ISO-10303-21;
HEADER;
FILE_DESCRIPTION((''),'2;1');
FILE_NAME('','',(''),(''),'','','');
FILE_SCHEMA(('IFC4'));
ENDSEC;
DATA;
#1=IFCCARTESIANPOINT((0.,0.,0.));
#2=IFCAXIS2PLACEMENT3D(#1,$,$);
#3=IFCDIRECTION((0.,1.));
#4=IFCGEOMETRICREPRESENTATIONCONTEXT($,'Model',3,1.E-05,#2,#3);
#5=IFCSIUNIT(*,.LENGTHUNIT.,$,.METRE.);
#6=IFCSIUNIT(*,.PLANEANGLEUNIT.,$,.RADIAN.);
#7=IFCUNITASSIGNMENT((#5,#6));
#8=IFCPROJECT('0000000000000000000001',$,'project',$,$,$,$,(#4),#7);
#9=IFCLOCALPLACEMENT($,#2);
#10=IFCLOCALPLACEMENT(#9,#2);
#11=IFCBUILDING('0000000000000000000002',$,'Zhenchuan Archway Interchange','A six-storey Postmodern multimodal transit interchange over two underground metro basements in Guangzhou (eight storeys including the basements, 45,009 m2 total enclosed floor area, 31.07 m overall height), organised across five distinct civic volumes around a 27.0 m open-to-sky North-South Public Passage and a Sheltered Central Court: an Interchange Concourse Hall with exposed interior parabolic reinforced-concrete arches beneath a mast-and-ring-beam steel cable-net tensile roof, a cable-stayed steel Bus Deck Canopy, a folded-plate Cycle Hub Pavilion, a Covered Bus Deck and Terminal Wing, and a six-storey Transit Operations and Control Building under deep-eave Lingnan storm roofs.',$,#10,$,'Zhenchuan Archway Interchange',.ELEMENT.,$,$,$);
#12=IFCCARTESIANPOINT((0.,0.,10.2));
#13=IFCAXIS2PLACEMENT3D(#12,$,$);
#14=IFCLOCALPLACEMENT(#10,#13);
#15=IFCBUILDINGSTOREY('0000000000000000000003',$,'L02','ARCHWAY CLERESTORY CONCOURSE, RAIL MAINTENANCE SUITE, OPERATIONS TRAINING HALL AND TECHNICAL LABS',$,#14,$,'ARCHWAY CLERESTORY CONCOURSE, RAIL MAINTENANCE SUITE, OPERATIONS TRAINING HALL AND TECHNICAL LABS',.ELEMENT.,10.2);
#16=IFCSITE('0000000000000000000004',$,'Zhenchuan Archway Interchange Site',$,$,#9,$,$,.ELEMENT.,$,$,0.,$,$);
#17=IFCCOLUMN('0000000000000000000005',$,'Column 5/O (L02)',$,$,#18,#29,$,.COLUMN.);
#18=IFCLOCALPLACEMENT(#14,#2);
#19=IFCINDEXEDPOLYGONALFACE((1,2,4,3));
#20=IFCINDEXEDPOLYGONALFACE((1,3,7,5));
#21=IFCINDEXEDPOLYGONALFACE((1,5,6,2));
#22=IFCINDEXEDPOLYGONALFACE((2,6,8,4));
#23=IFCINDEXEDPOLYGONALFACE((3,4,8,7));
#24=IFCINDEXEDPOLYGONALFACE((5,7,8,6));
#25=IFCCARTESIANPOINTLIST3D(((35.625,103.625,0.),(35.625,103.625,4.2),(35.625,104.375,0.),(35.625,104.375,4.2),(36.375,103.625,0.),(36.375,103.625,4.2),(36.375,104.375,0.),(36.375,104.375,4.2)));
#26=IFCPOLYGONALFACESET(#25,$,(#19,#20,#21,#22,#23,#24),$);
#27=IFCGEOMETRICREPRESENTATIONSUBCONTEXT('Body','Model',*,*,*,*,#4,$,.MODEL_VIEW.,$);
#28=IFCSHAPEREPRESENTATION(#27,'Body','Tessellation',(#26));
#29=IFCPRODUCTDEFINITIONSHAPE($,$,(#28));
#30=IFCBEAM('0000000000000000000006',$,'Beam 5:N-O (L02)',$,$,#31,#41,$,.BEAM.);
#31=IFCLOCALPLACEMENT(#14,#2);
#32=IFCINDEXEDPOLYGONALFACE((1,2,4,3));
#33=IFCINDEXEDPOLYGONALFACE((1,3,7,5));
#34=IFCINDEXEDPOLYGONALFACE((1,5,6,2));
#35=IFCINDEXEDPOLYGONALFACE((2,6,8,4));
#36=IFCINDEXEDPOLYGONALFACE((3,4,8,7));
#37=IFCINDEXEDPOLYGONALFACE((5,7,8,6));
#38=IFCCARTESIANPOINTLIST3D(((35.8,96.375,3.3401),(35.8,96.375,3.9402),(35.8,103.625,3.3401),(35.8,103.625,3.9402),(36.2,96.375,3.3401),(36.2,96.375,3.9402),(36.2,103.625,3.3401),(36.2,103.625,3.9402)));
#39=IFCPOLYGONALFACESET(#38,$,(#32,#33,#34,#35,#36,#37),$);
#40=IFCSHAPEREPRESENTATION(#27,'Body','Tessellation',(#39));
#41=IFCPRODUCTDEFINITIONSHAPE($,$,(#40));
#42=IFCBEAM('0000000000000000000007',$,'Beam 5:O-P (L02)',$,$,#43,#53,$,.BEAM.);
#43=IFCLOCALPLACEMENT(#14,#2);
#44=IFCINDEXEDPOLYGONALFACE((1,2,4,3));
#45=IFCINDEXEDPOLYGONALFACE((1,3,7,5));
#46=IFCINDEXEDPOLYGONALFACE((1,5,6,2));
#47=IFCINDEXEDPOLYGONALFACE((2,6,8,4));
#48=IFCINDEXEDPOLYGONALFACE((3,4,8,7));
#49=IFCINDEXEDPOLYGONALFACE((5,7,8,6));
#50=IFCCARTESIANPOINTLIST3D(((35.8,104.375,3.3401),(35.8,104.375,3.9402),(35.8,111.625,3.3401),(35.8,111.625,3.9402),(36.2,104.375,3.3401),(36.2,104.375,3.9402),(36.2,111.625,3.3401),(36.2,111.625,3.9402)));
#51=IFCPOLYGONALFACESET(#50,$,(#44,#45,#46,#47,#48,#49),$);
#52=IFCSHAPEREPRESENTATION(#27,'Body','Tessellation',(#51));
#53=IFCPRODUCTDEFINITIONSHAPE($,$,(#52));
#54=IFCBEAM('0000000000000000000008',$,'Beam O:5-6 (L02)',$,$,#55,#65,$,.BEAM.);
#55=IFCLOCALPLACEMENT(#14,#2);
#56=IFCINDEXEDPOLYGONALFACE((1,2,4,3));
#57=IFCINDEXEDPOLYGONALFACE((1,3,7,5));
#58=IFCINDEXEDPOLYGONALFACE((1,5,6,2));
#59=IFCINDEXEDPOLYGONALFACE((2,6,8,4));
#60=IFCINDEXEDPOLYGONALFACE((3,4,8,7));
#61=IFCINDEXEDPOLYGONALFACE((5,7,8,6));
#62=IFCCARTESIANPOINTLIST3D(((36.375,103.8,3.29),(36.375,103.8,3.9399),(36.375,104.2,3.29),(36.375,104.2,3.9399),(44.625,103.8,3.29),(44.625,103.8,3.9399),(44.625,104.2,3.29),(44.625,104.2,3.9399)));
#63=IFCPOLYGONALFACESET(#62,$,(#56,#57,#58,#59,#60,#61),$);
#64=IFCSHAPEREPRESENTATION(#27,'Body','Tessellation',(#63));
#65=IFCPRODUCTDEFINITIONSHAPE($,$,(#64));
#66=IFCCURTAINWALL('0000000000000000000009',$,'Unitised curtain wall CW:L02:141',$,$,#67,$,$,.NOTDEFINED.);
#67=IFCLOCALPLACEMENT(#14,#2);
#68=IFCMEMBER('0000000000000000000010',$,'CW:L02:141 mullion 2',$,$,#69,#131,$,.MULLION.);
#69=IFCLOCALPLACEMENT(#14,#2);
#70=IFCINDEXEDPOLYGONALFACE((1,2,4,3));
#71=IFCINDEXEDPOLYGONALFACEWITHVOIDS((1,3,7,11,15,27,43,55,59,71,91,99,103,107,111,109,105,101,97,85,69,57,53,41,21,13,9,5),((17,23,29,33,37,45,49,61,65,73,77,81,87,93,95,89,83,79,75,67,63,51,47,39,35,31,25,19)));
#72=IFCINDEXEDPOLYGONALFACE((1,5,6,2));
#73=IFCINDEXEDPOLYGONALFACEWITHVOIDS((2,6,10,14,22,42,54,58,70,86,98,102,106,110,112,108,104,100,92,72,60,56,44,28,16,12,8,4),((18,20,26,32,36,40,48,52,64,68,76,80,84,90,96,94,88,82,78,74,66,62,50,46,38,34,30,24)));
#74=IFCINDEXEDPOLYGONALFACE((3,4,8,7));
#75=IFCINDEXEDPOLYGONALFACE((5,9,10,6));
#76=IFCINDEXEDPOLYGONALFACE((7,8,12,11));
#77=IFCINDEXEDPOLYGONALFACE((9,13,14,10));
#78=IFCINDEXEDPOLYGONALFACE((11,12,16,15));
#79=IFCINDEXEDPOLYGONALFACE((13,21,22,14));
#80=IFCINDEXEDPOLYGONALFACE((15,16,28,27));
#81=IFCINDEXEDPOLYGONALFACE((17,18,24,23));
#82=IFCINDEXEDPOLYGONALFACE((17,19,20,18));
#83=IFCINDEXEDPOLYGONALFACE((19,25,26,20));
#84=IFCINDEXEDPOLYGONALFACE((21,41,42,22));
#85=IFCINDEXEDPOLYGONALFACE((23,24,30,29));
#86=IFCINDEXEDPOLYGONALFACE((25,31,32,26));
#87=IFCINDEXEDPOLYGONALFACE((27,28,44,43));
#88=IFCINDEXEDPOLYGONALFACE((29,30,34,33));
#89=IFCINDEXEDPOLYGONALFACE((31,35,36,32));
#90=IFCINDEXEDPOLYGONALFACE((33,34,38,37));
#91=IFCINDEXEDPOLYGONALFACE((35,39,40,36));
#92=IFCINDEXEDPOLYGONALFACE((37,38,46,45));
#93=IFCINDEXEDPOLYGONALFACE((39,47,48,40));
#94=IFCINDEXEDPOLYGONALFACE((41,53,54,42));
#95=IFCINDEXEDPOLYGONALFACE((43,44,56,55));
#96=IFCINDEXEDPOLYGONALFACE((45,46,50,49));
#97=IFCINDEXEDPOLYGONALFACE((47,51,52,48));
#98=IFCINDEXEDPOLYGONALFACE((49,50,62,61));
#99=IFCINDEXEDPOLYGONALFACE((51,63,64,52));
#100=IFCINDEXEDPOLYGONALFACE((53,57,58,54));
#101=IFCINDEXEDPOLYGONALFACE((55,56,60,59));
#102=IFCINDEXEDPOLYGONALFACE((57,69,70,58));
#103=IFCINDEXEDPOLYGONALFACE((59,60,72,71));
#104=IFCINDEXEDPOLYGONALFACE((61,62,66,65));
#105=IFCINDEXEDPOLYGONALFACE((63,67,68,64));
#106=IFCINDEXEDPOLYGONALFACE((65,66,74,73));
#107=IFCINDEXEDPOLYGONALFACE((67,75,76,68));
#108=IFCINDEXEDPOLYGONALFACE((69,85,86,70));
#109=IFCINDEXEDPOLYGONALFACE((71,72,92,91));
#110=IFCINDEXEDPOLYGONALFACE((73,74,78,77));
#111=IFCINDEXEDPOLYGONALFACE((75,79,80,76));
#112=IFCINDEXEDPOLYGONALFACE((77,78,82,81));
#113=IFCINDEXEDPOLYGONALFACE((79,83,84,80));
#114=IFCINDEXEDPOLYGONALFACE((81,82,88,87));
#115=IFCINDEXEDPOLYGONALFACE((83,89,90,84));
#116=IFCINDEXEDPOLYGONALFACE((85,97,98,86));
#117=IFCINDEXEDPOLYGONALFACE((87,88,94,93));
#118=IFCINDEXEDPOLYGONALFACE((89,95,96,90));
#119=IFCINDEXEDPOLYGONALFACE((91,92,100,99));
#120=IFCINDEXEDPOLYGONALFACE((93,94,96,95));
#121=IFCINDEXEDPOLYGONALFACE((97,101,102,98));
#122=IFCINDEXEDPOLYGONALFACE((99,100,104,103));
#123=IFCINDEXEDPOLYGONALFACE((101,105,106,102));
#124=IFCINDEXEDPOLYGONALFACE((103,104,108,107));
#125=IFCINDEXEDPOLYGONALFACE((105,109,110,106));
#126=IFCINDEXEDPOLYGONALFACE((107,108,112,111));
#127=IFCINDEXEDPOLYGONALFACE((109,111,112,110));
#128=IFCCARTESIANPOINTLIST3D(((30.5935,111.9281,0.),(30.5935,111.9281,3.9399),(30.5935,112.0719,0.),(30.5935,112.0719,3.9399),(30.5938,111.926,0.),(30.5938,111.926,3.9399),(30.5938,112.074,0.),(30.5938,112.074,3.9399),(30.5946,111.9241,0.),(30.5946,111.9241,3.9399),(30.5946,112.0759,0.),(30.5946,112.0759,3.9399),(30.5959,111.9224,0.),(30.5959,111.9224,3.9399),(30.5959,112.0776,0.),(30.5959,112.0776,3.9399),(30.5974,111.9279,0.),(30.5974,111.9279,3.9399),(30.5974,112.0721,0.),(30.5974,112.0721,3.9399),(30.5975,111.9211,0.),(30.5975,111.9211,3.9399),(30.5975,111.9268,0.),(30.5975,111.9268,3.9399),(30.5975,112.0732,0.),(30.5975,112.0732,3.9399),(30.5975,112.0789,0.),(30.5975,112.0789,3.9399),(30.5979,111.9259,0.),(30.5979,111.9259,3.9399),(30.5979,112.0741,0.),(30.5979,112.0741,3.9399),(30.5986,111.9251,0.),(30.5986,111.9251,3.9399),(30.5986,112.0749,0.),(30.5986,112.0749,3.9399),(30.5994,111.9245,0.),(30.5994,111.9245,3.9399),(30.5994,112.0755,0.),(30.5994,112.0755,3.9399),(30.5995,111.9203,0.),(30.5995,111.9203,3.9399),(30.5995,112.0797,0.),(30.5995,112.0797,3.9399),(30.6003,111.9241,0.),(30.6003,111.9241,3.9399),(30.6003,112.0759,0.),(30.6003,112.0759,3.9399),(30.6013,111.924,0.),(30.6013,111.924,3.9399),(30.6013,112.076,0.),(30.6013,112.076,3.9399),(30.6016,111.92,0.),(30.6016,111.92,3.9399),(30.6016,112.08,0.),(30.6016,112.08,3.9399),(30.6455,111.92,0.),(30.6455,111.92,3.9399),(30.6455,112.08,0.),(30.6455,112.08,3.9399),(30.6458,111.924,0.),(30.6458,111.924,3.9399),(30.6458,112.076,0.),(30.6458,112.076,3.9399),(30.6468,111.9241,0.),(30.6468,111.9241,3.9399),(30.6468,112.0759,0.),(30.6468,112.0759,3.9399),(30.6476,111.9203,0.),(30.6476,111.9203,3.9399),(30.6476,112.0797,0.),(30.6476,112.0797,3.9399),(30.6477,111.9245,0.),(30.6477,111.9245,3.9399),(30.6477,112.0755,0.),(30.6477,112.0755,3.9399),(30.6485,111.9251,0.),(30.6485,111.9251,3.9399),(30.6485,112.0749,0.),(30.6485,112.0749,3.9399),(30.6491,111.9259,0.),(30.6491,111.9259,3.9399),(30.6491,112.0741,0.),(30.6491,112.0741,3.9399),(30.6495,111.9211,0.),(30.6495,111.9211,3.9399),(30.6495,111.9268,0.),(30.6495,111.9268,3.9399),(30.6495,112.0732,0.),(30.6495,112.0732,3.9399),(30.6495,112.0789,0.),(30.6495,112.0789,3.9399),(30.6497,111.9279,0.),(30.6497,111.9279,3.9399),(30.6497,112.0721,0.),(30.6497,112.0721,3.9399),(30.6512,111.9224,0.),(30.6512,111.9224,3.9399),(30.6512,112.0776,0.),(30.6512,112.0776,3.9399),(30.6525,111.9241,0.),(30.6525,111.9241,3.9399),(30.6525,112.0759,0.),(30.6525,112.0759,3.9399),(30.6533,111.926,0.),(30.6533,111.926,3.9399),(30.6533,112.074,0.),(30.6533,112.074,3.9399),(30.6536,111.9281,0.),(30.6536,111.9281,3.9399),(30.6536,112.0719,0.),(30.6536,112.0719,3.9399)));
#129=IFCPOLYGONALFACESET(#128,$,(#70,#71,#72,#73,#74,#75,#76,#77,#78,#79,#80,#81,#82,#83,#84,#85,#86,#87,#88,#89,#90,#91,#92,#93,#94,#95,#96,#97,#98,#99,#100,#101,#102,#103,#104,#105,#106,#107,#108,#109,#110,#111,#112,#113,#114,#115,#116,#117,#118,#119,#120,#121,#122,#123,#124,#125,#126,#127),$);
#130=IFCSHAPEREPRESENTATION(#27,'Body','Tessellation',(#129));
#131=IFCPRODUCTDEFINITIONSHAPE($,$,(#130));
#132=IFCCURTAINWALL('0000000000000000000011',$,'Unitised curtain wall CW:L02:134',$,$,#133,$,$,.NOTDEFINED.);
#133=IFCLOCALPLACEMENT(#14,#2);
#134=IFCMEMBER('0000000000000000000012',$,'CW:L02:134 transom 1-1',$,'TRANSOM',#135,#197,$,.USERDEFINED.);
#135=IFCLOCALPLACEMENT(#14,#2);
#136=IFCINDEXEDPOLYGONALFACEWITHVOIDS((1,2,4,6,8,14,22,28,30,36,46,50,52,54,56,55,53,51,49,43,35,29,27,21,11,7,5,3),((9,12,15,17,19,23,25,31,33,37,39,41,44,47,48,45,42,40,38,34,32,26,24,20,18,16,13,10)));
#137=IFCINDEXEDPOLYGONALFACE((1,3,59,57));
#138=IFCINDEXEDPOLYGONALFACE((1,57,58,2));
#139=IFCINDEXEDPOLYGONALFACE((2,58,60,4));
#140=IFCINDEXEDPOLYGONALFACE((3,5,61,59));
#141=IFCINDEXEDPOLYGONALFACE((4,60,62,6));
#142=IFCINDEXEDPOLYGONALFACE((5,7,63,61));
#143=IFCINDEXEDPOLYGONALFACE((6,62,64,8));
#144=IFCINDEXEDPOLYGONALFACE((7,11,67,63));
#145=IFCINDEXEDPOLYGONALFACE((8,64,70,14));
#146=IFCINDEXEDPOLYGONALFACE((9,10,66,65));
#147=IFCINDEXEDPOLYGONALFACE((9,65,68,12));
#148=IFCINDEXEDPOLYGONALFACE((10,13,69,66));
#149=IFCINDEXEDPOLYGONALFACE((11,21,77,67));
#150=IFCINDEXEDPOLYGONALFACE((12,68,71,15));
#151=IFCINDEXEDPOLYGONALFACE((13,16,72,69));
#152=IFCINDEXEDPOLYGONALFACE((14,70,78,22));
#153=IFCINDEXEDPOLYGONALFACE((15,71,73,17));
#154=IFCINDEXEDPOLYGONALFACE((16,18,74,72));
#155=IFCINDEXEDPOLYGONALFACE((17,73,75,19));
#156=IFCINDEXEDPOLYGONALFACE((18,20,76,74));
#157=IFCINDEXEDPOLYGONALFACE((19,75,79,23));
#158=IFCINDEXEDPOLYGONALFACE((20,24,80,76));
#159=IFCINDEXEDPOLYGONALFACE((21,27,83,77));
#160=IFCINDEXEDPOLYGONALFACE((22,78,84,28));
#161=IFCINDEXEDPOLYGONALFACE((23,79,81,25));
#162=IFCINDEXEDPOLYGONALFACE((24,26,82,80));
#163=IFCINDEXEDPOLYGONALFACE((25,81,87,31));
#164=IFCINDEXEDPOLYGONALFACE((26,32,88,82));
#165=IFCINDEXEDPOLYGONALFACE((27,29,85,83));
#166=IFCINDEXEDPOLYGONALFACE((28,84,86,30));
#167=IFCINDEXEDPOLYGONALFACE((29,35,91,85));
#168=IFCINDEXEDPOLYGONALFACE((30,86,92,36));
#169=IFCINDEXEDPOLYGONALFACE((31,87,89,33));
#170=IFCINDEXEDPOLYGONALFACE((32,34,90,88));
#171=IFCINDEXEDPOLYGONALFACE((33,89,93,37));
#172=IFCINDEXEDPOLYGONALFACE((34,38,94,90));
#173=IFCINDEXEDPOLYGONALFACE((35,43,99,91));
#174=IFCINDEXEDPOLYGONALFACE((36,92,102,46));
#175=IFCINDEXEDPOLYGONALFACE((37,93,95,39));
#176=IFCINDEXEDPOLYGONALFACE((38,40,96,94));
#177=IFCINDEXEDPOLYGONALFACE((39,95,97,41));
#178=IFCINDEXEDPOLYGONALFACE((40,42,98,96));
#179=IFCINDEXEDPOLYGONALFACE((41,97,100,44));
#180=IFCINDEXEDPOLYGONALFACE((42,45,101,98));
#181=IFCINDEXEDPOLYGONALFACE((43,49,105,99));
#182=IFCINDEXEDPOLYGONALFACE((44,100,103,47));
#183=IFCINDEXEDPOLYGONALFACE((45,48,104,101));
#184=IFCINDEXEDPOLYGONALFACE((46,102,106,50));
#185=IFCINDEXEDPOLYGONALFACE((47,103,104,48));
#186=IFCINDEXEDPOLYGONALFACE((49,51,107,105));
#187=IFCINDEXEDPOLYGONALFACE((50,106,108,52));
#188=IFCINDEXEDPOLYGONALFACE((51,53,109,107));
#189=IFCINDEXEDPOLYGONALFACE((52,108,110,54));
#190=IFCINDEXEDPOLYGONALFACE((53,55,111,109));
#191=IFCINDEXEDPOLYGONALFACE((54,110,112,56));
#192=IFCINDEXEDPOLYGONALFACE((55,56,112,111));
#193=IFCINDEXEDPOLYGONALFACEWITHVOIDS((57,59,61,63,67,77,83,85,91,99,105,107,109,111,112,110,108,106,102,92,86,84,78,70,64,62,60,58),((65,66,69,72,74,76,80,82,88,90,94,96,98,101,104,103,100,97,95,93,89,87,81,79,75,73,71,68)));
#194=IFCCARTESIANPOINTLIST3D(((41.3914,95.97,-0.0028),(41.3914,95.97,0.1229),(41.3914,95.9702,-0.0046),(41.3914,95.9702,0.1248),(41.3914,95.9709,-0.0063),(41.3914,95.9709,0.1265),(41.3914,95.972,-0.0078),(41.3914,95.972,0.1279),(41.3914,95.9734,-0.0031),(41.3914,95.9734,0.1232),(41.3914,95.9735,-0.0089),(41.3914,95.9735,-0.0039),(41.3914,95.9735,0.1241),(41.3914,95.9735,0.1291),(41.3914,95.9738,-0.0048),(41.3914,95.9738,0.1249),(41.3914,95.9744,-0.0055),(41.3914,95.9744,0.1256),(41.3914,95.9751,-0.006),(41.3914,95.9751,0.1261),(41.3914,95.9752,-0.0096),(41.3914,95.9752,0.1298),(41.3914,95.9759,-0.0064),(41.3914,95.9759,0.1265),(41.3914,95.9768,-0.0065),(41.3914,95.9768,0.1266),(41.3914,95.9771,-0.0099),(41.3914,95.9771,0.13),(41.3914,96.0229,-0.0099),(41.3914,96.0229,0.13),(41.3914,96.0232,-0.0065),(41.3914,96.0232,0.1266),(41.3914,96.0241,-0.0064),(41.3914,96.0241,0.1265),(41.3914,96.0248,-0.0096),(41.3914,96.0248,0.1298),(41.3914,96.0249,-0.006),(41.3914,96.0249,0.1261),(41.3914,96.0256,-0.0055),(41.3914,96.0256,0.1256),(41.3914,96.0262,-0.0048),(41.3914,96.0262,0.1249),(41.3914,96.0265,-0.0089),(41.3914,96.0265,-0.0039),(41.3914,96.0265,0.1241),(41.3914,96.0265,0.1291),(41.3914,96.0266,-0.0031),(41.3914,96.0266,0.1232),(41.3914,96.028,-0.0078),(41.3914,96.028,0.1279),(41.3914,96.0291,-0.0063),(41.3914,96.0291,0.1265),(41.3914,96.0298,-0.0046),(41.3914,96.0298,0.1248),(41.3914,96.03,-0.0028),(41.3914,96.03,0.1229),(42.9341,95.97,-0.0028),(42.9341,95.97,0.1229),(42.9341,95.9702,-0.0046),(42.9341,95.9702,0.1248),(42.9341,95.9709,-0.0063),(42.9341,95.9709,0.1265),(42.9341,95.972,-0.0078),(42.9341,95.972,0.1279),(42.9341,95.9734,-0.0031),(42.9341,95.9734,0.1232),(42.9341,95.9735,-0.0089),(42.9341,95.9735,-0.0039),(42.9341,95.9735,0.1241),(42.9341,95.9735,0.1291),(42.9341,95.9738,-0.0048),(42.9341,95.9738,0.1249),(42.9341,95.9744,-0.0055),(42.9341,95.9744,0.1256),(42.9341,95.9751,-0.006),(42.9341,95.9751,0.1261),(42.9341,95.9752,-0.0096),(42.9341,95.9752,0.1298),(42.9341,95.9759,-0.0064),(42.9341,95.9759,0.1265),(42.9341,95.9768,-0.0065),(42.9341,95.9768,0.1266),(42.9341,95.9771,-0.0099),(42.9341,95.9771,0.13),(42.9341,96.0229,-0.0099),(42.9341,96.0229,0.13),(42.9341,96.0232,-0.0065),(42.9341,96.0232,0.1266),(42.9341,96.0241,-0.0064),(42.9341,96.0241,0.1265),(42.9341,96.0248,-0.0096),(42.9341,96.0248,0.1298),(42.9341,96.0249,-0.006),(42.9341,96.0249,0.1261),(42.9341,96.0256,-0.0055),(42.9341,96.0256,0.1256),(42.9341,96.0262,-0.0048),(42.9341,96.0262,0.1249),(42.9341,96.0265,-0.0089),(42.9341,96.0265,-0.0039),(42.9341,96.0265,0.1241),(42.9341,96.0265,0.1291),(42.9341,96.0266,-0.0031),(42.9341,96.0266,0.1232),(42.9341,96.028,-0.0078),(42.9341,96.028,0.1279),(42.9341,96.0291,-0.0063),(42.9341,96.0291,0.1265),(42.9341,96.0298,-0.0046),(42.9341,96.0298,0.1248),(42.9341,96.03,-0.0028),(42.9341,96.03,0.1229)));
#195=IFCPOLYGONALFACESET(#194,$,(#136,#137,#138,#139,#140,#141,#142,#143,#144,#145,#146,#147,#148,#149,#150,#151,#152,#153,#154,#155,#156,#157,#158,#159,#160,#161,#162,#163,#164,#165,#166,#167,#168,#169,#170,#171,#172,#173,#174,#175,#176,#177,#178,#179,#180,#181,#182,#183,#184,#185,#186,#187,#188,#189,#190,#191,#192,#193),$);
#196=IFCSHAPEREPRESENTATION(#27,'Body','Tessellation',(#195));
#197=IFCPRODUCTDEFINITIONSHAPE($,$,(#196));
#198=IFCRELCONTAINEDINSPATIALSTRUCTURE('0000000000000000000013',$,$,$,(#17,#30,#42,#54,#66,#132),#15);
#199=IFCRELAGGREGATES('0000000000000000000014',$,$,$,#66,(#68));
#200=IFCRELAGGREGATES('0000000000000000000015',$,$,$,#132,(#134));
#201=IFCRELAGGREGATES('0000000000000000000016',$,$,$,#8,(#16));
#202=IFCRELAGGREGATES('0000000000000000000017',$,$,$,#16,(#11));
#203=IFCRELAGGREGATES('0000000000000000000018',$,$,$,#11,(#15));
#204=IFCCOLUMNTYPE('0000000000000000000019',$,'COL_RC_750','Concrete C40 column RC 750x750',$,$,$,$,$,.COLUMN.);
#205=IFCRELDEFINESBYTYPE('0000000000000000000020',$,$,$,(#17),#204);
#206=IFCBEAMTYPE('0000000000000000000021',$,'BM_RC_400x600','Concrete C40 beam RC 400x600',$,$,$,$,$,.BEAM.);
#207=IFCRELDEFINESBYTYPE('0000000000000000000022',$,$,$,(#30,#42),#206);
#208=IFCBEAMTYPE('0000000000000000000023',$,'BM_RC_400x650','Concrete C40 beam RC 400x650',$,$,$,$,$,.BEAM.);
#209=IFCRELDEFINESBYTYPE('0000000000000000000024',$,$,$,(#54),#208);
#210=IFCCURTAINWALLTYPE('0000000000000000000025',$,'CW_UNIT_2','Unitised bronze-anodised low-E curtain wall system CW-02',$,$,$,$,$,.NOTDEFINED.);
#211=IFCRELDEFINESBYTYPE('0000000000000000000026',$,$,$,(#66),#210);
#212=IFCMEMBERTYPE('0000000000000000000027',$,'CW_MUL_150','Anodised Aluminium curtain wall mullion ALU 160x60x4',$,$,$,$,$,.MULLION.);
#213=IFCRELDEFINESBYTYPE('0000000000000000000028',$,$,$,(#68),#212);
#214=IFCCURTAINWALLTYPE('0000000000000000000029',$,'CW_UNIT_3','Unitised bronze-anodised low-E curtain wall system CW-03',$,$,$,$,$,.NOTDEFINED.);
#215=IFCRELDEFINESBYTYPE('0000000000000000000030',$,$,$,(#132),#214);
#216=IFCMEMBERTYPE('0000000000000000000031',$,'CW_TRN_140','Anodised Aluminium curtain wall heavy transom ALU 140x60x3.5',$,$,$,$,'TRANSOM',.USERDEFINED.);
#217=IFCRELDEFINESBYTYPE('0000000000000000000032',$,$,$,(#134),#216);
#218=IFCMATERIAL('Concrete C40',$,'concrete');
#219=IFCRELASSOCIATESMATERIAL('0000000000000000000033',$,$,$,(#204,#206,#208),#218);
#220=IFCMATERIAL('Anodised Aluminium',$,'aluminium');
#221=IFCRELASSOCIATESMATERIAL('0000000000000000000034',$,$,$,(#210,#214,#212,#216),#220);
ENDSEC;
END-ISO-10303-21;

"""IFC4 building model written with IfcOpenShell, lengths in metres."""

from ifc_helpers import new_model, si_unit, direction, frame, origin, origin_2d, place, context, subcontext, project, spatial, rectangle, hollow_rectangle, extrude, material, material_profile, profile_set, type_object, element, aggregate, save


model = new_model("IFC4")

# Units and contexts
model_context = context("Model", 3, precision=1e-05, world=origin(), true_north=direction((0.0, 1.0)))
body_context = subcontext(model_context, "Body", "Model", "MODEL_VIEW")
ifc_project = project(units=[si_unit("LENGTHUNIT", "METRE"), si_unit("PLANEANGLEUNIT", "RADIAN")], contexts=[model_context])

# Site, building, storey
site_placement = place(None, origin())
site = spatial("IfcSite", under=ifc_project, at=site_placement, Name="Zhenchuan Archway Interchange Site", CompositionType="ELEMENT", RefElevation=0.0)
building_placement = place(site_placement, origin())
building = spatial("IfcBuilding", under=site, at=building_placement, Name="Zhenchuan Archway Interchange", Description="A six-storey Postmodern multimodal transit interchange over two underground metro basements in Guangzhou (eight storeys including the basements, 45,009 m2 total enclosed floor area, 31.07 m overall height), organised across five distinct civic volumes around a 27.0 m open-to-sky North-South Public Passage and a Sheltered Central Court: an Interchange Concourse Hall with exposed interior parabolic reinforced-concrete arches beneath a mast-and-ring-beam steel cable-net tensile roof, a cable-stayed steel Bus Deck Canopy, a folded-plate Cycle Hub Pavilion, a Covered Bus Deck and Terminal Wing, and a six-storey Transit Operations and Control Building under deep-eave Lingnan storm roofs.", LongName="Zhenchuan Archway Interchange", CompositionType="ELEMENT")
storey_placement = place(building_placement, frame((0.0, 0.0, 10.2)))
storey = spatial("IfcBuildingStorey", under=building, at=storey_placement, Name="L02", Description="ARCHWAY CLERESTORY CONCOURSE, RAIL MAINTENANCE SUITE, OPERATIONS TRAINING HALL AND TECHNICAL LABS", LongName="ARCHWAY CLERESTORY CONCOURSE, RAIL MAINTENANCE SUITE, OPERATIONS TRAINING HALL AND TECHNICAL LABS", CompositionType="ELEMENT", Elevation=10.2)

# Column
ifc_material_1 = material(Name="Concrete C40", Category="concrete")
ifc_material_profile_1 = material_profile(ifc_material_1, rectangle(XDim=0.75, YDim=0.75, at=origin_2d()), Name="RC 750x750")
ifc_profile_set_1 = profile_set([ifc_material_profile_1], Name="Concrete C40")
column_type = type_object("IfcColumnType", Name="COL_RC_750", Description="Concrete C40 column RC 750x750", PredefinedType="COLUMN", material=ifc_profile_set_1)
column_placement = place(storey_placement, frame((36.0, 104.0, 0.0), z_axis=(0.0, 0.0, 1.0), x_axis=(1.0, 0.0, 0.0)))
element("IfcColumn", 1, at=column_placement, inside=storey, type_object=column_type, Name="Column 5/O (L02)", PredefinedType="COLUMN", context=body_context, shape_type="SweptSolid", body=[
    extrude(rectangle(XDim=0.75, YDim=0.75, at=origin_2d()), origin(), (0.0, 0.0, 1.0), 4.2),
])

# Beams
ifc_material_profile_2 = material_profile(ifc_material_1, rectangle(XDim=0.3999, YDim=0.6001, at=origin_2d()), Name="RC 400x600")
ifc_profile_set_2 = profile_set([ifc_material_profile_2], Name="Concrete C40")
beam_type_1 = type_object("IfcBeamType", Name="BM_RC_400x600", Description="Concrete C40 beam RC 400x600", PredefinedType="BEAM", material=ifc_profile_set_2)
for number, where, z_axis, x_axis, name in (
    (2, (36.0, 96.375, 3.6401), (0.0, 1.0, 0.0), (-1.0, 0.0, 0.0), "Beam 5:N-O (L02)"),
    (3, (36.0, 104.375, 3.6401), (0.0, 1.0, 0.0), (-1.0, 0.0, 0.0), "Beam 5:O-P (L02)"),
):
    element("IfcBeam", number, at=place(storey_placement, frame(where, z_axis=z_axis, x_axis=x_axis)), inside=storey, type_object=beam_type_1, Name=name, PredefinedType="BEAM", context=body_context, shape_type="SweptSolid", body=[
        extrude(rectangle(XDim=0.3999, YDim=0.6001, at=origin_2d()), origin(), (0.0, 0.0, 1.0), 7.25),
    ])
ifc_material_profile_3 = material_profile(ifc_material_1, rectangle(XDim=0.3999, YDim=0.6499, at=origin_2d()), Name="RC 400x650")
ifc_profile_set_3 = profile_set([ifc_material_profile_3], Name="Concrete C40")
beam_type_2 = type_object("IfcBeamType", Name="BM_RC_400x650", Description="Concrete C40 beam RC 400x650", PredefinedType="BEAM", material=ifc_profile_set_3)
beam_1_placement = place(storey_placement, frame((36.375, 104.0, 3.615), z_axis=(1.0, 0.0, 0.0), x_axis=(0.0, 1.0, 0.0)))
element("IfcBeam", 4, at=beam_1_placement, inside=storey, type_object=beam_type_2, Name="Beam O:5-6 (L02)", PredefinedType="BEAM", context=body_context, shape_type="SweptSolid", body=[
    extrude(rectangle(XDim=0.3999, YDim=0.6499, at=origin_2d()), origin(), (0.0, 0.0, 1.0), 8.25),
])

# Curtain wall, member
ifc_material_2 = material(Name="Anodised Aluminium", Category="aluminium")
curtain_wall_type_1 = type_object("IfcCurtainWallType", Name="CW_UNIT_2", Description="Unitised bronze-anodised low-E curtain wall system CW-02", PredefinedType="NOTDEFINED", material=ifc_material_2)
curtain_wall_1_placement = place(storey_placement, origin())
curtain_wall_1 = element("IfcCurtainWall", 5, at=curtain_wall_1_placement, inside=storey, type_object=curtain_wall_type_1, Name="Unitised curtain wall CW:L02:141", PredefinedType="NOTDEFINED")
ifc_material_profile_4 = material_profile(ifc_material_2, hollow_rectangle(XDim=0.0601, YDim=0.1599, WallThickness=0.0039, InnerFilletRadius=0.0039, OuterFilletRadius=0.0081, at=origin_2d()), Name="ALU 160x60x4")
ifc_profile_set_4 = profile_set([ifc_material_profile_4], Name="Anodised Aluminium")
member_type_1 = type_object("IfcMemberType", Name="CW_MUL_150", Description="Anodised Aluminium curtain wall mullion ALU 160x60x4", PredefinedType="MULLION", material=ifc_profile_set_4)
member_1_placement = place(storey_placement, frame((30.6235, 112.0, 0.0), z_axis=(0.0, 0.0, 1.0), x_axis=(1.0, 0.0, 0.0)))
member_1 = element("IfcMember", 6, at=member_1_placement, type_object=member_type_1, Name="CW:L02:141 mullion 2", PredefinedType="MULLION", context=body_context, shape_type="SweptSolid", body=[
    extrude(hollow_rectangle(XDim=0.0601, YDim=0.1599, WallThickness=0.0039, InnerFilletRadius=0.0039, OuterFilletRadius=0.0081, at=origin_2d()), origin(), (0.0, 0.0, 1.0), 3.9399),
])

# Curtain wall, member
curtain_wall_type_2 = type_object("IfcCurtainWallType", Name="CW_UNIT_3", Description="Unitised bronze-anodised low-E curtain wall system CW-03", PredefinedType="NOTDEFINED", material=ifc_material_2)
curtain_wall_2_placement = place(storey_placement, origin())
curtain_wall_2 = element("IfcCurtainWall", 7, at=curtain_wall_2_placement, inside=storey, type_object=curtain_wall_type_2, Name="Unitised curtain wall CW:L02:134", PredefinedType="NOTDEFINED")
ifc_material_profile_5 = material_profile(ifc_material_2, hollow_rectangle(XDim=0.0601, YDim=0.1399, WallThickness=0.0034, InnerFilletRadius=0.0034, OuterFilletRadius=0.0071, at=origin_2d()), Name="ALU 140x60x3.5")
ifc_profile_set_5 = profile_set([ifc_material_profile_5], Name="Anodised Aluminium")
member_type_2 = type_object("IfcMemberType", Name="CW_TRN_140", Description="Anodised Aluminium curtain wall heavy transom ALU 140x60x3.5", ElementType="TRANSOM", PredefinedType="USERDEFINED", material=ifc_profile_set_5)
member_2_placement = place(storey_placement, frame((42.9341, 96.0, 0.0601), z_axis=(-1.0, 0.0, 0.0), x_axis=(0.0, -1.0, 0.0)))
member_2 = element("IfcMember", 8, at=member_2_placement, type_object=member_type_2, Name="CW:L02:134 transom 1-1", ObjectType="TRANSOM", PredefinedType="USERDEFINED", context=body_context, shape_type="SweptSolid", body=[
    extrude(hollow_rectangle(XDim=0.0601, YDim=0.1399, WallThickness=0.0034, InnerFilletRadius=0.0034, OuterFilletRadius=0.0071, at=origin_2d()), origin(), (0.0, 0.0, 1.0), 1.5427),
])

aggregate(curtain_wall_1, [member_1])

aggregate(curtain_wall_2, [member_2])

save(model, "model.ifc")
